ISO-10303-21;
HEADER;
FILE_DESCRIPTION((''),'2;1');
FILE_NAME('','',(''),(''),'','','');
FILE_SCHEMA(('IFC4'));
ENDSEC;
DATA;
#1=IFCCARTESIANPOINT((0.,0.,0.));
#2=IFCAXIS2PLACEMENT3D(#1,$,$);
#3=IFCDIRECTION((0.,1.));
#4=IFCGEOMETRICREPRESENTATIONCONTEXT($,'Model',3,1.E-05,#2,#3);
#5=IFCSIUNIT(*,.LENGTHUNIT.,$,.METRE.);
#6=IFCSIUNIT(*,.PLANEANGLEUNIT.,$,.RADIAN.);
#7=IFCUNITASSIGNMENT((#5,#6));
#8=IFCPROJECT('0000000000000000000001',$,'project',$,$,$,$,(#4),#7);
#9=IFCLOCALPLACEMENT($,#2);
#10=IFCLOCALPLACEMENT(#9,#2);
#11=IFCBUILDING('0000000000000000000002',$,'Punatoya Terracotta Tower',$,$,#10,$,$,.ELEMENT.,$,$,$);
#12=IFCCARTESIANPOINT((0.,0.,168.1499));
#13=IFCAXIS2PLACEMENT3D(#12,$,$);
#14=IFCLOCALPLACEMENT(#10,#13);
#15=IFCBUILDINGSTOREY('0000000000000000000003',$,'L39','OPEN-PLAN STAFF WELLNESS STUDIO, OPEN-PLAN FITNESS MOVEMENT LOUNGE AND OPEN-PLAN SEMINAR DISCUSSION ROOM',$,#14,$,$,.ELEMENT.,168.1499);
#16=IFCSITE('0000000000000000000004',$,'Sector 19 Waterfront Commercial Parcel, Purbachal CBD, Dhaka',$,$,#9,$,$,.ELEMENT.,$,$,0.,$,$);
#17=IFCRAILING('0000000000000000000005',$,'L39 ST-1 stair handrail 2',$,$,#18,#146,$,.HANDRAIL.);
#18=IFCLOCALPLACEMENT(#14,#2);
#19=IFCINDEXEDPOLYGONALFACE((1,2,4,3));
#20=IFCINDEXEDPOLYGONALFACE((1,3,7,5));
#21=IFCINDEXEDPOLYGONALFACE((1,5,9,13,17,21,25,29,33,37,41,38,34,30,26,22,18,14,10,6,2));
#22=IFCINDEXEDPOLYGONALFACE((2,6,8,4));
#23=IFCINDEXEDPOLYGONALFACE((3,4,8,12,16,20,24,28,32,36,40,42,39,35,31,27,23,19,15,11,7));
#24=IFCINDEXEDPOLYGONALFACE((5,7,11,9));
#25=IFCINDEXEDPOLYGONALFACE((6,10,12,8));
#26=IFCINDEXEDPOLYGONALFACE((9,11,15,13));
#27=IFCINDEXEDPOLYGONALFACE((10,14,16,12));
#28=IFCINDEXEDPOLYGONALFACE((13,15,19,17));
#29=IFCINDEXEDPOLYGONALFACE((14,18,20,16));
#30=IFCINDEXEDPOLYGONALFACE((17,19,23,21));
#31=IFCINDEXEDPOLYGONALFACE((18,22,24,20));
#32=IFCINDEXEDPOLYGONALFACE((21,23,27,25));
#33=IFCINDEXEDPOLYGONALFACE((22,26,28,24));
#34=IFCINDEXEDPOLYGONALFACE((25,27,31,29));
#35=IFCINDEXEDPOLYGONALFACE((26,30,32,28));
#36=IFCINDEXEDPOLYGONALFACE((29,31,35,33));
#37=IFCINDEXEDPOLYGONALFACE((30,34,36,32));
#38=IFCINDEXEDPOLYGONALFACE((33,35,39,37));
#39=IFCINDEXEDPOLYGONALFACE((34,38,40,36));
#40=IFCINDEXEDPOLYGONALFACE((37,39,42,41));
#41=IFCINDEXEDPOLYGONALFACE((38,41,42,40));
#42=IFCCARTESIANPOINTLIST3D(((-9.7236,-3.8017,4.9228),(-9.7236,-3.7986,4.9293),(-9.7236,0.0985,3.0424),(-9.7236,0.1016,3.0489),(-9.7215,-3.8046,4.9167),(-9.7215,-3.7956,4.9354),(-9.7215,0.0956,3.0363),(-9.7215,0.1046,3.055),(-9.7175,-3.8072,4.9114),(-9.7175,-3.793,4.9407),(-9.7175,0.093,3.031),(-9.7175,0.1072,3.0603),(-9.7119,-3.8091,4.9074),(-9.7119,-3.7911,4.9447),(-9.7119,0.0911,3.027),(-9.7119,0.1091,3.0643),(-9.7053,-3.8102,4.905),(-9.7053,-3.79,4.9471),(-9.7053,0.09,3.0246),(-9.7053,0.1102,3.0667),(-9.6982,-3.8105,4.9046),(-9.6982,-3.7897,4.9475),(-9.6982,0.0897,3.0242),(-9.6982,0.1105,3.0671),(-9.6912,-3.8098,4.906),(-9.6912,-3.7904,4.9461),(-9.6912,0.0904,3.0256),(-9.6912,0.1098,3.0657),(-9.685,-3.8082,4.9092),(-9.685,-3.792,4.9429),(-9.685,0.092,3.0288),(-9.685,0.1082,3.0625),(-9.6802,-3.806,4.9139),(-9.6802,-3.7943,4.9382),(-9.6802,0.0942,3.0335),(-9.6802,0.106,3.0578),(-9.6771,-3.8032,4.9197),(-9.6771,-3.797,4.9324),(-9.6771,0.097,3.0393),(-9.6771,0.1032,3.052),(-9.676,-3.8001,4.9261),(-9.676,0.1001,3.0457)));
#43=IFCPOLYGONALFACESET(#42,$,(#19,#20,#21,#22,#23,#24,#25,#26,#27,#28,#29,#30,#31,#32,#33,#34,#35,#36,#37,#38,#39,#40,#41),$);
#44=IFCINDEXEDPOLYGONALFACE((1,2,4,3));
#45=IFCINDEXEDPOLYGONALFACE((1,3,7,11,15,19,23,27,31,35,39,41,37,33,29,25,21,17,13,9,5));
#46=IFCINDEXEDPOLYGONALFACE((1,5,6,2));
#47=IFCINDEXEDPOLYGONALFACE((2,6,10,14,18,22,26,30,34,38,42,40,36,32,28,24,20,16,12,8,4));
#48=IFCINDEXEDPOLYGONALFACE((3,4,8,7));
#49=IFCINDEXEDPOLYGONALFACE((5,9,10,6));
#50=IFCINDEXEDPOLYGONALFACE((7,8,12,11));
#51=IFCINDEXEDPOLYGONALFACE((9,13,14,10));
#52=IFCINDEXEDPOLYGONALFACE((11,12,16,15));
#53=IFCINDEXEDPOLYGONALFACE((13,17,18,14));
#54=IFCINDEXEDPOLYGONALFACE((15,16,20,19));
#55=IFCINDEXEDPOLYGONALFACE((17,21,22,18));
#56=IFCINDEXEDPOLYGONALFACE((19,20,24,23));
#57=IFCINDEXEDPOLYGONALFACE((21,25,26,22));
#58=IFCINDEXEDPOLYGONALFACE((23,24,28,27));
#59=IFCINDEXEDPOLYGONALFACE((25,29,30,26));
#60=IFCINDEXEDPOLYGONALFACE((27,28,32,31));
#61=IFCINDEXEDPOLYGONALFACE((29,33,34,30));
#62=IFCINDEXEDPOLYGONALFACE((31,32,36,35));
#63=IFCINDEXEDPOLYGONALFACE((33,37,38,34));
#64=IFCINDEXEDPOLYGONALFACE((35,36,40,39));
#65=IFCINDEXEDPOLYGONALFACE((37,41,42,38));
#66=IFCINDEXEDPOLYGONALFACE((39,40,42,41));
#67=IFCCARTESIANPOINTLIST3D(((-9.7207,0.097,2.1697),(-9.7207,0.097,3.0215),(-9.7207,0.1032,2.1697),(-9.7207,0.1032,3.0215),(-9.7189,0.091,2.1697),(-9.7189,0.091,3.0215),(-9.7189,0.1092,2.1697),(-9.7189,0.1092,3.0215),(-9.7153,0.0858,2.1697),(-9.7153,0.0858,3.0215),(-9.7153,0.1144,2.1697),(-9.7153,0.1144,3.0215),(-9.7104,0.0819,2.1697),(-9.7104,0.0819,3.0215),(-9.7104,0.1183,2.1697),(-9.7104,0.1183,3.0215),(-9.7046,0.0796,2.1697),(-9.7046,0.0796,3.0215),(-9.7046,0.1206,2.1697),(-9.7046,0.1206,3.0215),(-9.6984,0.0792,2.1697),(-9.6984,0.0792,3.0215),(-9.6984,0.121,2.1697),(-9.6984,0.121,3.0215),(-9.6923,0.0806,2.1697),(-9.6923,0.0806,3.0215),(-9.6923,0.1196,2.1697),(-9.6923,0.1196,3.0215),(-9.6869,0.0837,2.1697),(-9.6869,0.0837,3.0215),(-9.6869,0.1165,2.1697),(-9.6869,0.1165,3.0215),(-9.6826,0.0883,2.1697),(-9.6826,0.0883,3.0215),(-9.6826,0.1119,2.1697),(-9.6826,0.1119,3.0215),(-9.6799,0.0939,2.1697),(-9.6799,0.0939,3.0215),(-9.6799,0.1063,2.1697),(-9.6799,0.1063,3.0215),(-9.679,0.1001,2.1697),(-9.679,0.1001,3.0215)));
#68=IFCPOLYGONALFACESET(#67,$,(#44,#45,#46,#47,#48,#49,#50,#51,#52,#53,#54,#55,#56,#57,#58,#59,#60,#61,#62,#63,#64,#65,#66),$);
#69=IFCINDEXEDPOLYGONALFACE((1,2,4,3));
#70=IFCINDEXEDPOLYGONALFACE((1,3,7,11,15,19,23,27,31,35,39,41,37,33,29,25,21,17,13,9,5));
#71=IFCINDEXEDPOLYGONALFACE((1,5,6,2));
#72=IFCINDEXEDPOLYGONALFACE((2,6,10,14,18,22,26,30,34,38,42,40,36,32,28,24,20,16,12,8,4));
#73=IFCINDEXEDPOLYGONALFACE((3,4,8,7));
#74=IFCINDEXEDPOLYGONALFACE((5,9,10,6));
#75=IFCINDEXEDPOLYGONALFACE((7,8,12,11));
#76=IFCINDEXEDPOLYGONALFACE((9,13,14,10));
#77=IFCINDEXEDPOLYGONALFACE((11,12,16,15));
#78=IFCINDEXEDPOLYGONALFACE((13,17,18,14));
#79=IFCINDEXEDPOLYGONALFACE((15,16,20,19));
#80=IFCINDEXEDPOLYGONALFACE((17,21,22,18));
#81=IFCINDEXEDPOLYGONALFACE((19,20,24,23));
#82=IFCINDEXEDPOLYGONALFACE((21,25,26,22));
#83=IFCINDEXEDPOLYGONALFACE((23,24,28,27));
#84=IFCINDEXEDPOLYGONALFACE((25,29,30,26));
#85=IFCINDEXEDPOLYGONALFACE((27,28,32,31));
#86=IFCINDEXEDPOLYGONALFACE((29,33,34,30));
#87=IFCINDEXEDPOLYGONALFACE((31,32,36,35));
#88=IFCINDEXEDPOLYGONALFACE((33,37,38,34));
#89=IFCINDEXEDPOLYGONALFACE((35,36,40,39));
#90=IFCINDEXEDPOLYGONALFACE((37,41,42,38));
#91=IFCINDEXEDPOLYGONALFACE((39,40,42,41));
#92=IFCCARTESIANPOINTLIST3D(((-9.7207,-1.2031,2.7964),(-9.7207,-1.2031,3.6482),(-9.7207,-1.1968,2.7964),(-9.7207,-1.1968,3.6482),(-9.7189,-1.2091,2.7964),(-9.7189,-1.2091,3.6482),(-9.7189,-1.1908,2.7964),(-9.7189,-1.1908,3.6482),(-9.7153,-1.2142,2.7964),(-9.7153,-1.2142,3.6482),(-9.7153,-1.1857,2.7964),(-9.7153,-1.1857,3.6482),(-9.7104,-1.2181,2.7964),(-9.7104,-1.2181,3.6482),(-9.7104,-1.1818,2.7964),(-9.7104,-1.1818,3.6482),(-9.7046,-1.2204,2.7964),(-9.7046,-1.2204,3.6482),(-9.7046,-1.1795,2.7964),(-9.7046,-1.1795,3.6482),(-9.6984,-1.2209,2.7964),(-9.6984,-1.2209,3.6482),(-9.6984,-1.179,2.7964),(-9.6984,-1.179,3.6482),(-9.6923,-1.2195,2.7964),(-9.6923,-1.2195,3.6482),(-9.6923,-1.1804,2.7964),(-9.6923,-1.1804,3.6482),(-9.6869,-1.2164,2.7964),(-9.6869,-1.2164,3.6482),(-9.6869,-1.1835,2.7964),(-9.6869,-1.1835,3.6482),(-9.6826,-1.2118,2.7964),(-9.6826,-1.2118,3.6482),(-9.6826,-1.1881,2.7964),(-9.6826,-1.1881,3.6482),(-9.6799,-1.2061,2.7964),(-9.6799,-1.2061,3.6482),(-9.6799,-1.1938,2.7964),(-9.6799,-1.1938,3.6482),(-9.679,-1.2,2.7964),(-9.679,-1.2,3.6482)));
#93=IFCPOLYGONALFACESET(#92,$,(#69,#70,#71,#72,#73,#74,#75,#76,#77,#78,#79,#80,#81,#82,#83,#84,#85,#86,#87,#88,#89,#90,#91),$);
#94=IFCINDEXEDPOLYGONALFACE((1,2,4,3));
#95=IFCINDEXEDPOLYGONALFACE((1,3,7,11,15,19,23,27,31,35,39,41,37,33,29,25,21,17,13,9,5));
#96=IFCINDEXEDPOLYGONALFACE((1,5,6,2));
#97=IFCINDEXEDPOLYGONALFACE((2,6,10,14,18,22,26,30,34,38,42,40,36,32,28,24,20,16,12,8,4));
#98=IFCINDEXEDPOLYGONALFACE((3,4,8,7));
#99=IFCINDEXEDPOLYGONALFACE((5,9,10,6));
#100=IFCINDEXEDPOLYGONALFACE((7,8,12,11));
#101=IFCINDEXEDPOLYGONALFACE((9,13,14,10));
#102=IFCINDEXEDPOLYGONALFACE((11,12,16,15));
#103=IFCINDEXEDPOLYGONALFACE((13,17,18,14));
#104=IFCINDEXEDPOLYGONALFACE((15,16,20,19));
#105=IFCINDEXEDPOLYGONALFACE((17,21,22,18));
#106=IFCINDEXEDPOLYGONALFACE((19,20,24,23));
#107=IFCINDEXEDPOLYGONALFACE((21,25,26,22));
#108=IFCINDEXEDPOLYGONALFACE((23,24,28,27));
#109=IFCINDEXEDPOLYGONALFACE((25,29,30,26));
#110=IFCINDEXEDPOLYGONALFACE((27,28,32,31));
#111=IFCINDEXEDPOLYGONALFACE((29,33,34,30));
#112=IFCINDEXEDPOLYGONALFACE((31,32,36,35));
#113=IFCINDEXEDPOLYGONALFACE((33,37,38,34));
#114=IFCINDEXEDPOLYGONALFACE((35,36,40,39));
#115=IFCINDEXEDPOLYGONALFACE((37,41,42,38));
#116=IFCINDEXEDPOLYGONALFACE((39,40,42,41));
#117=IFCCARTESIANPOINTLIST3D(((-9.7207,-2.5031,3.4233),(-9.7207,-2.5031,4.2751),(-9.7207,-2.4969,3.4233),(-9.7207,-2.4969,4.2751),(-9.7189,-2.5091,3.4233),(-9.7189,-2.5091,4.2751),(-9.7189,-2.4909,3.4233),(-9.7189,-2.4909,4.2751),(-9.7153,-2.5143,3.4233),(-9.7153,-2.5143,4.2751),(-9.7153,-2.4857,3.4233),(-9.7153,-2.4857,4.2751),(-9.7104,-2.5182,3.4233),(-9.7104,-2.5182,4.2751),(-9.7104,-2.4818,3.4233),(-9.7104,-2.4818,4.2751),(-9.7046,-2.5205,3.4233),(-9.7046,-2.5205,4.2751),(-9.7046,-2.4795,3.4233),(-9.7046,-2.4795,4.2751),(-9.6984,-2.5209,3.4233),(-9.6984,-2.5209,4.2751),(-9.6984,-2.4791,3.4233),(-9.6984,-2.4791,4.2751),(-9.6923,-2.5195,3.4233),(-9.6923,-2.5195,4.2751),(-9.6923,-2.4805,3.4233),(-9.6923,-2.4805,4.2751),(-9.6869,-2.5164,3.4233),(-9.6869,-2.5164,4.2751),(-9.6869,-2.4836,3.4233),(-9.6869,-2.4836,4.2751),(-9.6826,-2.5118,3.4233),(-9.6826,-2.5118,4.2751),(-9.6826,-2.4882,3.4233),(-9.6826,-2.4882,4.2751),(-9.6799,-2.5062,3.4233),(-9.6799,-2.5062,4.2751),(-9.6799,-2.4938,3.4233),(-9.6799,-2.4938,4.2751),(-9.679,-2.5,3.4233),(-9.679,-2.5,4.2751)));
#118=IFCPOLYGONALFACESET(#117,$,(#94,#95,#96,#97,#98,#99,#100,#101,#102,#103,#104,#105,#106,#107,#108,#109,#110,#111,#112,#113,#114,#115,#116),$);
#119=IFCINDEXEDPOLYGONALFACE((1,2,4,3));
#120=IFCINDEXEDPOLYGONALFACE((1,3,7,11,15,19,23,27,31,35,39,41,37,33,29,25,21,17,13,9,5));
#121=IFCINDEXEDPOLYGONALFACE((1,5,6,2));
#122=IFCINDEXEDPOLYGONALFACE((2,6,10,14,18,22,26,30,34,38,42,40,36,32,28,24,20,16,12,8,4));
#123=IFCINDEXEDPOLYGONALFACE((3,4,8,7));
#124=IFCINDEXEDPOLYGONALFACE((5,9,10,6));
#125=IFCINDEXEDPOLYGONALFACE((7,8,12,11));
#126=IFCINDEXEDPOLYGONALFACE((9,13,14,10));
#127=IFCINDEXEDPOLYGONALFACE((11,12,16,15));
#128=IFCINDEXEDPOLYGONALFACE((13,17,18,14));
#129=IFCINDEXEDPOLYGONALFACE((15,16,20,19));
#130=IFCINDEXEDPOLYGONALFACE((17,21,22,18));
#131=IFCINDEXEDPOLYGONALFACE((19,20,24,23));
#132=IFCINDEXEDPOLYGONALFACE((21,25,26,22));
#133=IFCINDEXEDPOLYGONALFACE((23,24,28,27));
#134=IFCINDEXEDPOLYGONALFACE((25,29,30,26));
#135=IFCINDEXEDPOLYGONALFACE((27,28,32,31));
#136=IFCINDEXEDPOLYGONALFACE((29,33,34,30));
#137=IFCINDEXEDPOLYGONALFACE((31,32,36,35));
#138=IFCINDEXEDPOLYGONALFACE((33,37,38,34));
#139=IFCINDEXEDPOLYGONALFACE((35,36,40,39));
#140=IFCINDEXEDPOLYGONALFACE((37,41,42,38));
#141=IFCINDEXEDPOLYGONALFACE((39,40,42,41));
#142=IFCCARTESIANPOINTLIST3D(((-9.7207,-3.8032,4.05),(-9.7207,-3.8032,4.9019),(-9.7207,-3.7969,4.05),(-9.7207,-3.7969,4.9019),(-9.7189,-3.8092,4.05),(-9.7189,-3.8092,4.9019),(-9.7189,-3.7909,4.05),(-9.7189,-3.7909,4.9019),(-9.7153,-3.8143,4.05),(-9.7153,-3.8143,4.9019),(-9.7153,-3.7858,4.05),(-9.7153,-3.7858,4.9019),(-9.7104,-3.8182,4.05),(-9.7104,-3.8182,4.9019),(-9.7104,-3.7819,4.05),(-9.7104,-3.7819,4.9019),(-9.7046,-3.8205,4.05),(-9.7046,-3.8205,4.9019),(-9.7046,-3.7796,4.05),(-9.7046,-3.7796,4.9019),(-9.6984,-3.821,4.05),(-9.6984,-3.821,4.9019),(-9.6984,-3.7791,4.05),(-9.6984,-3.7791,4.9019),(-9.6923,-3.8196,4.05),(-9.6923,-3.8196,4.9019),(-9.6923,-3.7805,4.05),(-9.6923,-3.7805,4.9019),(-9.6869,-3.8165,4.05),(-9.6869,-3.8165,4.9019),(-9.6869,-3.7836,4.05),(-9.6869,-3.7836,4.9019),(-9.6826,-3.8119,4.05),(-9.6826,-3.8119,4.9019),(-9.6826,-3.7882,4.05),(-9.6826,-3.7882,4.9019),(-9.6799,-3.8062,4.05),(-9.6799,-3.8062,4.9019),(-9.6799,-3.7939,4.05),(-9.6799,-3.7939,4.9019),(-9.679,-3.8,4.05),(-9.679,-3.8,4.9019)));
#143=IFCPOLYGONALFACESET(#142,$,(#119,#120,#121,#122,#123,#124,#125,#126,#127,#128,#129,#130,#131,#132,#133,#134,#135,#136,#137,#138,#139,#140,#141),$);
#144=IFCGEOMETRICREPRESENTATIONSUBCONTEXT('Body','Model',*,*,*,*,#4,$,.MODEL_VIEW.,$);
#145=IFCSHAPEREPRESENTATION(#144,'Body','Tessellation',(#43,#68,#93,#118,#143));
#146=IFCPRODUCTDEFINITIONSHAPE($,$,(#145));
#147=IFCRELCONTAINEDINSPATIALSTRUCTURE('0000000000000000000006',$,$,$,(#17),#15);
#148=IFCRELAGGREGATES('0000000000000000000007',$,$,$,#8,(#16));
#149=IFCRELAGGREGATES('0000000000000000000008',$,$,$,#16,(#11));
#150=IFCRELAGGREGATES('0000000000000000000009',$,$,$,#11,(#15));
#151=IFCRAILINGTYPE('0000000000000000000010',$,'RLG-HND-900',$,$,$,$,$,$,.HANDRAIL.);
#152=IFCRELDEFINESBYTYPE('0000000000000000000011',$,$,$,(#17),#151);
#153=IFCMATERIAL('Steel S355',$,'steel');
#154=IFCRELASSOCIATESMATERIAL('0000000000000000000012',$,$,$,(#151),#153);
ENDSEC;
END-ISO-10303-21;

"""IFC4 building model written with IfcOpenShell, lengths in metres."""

from ifc_helpers import new_model, si_unit, direction, frame, origin, origin_2d, place, context, subcontext, project, spatial, circle, extrude, material, type_object, element, save


model = new_model("IFC4")

# Units and contexts
model_context = context("Model", 3, precision=1e-05, world=origin(), true_north=direction((0.0, 1.0)))
body_context = subcontext(model_context, "Body", "Model", "MODEL_VIEW")
ifc_project = project(units=[si_unit("LENGTHUNIT", "METRE"), si_unit("PLANEANGLEUNIT", "RADIAN")], contexts=[model_context])

# Site, building, storey
site_placement = place(None, origin())
site = spatial("IfcSite", under=ifc_project, at=site_placement, Name="Sector 19 Waterfront Commercial Parcel, Purbachal CBD, Dhaka", CompositionType="ELEMENT", RefElevation=0.0)
building_placement = place(site_placement, origin())
building = spatial("IfcBuilding", under=site, at=building_placement, Name="Punatoya Terracotta Tower", CompositionType="ELEMENT")
storey_placement = place(building_placement, frame((0.0, 0.0, 168.1499)))
storey = spatial("IfcBuildingStorey", under=building, at=storey_placement, Name="L39", Description="OPEN-PLAN STAFF WELLNESS STUDIO, OPEN-PLAN FITNESS MOVEMENT LOUNGE AND OPEN-PLAN SEMINAR DISCUSSION ROOM", CompositionType="ELEMENT", Elevation=168.1499)

# Railing
ifc_material_1 = material(Name="Steel S355", Category="steel")
railing_type_1 = type_object("IfcRailingType", Name="RLG-HND-900", PredefinedType="HANDRAIL", material=ifc_material_1)
railing_1_placement = place(storey_placement, frame((-9.7, 0.1001, 2.1697)))
element("IfcRailing", 1, at=railing_1_placement, inside=storey, type_object=railing_type_1, Name="L39 ST-1 stair handrail 2", PredefinedType="HANDRAIL", context=body_context, shape_type="SweptSolid", body=[
    extrude(circle(Radius=0.0239, at=origin_2d()), frame((0.0, 0.0, 0.876), z_axis=(0.0, -0.900774, 0.434289), x_axis=(1.0, 0.0, 0.0)), (0.0, 0.0, 1.0), 4.3298),
    extrude(circle(Radius=0.021, at=origin_2d()), origin(), (0.0, 0.0, 1.0), 0.8518),
    extrude(circle(Radius=0.021, at=origin_2d()), frame((0.0, -1.3, 0.6267)), (0.0, 0.0, 1.0), 0.8518),
    extrude(circle(Radius=0.021, at=origin_2d()), frame((0.0, -2.6001, 1.2537)), (0.0, 0.0, 1.0), 0.8518),
    extrude(circle(Radius=0.021, at=origin_2d()), frame((0.0, -3.9001, 1.8804)), (0.0, 0.0, 1.0), 0.8518),
])

save(model, "model.ifc")
